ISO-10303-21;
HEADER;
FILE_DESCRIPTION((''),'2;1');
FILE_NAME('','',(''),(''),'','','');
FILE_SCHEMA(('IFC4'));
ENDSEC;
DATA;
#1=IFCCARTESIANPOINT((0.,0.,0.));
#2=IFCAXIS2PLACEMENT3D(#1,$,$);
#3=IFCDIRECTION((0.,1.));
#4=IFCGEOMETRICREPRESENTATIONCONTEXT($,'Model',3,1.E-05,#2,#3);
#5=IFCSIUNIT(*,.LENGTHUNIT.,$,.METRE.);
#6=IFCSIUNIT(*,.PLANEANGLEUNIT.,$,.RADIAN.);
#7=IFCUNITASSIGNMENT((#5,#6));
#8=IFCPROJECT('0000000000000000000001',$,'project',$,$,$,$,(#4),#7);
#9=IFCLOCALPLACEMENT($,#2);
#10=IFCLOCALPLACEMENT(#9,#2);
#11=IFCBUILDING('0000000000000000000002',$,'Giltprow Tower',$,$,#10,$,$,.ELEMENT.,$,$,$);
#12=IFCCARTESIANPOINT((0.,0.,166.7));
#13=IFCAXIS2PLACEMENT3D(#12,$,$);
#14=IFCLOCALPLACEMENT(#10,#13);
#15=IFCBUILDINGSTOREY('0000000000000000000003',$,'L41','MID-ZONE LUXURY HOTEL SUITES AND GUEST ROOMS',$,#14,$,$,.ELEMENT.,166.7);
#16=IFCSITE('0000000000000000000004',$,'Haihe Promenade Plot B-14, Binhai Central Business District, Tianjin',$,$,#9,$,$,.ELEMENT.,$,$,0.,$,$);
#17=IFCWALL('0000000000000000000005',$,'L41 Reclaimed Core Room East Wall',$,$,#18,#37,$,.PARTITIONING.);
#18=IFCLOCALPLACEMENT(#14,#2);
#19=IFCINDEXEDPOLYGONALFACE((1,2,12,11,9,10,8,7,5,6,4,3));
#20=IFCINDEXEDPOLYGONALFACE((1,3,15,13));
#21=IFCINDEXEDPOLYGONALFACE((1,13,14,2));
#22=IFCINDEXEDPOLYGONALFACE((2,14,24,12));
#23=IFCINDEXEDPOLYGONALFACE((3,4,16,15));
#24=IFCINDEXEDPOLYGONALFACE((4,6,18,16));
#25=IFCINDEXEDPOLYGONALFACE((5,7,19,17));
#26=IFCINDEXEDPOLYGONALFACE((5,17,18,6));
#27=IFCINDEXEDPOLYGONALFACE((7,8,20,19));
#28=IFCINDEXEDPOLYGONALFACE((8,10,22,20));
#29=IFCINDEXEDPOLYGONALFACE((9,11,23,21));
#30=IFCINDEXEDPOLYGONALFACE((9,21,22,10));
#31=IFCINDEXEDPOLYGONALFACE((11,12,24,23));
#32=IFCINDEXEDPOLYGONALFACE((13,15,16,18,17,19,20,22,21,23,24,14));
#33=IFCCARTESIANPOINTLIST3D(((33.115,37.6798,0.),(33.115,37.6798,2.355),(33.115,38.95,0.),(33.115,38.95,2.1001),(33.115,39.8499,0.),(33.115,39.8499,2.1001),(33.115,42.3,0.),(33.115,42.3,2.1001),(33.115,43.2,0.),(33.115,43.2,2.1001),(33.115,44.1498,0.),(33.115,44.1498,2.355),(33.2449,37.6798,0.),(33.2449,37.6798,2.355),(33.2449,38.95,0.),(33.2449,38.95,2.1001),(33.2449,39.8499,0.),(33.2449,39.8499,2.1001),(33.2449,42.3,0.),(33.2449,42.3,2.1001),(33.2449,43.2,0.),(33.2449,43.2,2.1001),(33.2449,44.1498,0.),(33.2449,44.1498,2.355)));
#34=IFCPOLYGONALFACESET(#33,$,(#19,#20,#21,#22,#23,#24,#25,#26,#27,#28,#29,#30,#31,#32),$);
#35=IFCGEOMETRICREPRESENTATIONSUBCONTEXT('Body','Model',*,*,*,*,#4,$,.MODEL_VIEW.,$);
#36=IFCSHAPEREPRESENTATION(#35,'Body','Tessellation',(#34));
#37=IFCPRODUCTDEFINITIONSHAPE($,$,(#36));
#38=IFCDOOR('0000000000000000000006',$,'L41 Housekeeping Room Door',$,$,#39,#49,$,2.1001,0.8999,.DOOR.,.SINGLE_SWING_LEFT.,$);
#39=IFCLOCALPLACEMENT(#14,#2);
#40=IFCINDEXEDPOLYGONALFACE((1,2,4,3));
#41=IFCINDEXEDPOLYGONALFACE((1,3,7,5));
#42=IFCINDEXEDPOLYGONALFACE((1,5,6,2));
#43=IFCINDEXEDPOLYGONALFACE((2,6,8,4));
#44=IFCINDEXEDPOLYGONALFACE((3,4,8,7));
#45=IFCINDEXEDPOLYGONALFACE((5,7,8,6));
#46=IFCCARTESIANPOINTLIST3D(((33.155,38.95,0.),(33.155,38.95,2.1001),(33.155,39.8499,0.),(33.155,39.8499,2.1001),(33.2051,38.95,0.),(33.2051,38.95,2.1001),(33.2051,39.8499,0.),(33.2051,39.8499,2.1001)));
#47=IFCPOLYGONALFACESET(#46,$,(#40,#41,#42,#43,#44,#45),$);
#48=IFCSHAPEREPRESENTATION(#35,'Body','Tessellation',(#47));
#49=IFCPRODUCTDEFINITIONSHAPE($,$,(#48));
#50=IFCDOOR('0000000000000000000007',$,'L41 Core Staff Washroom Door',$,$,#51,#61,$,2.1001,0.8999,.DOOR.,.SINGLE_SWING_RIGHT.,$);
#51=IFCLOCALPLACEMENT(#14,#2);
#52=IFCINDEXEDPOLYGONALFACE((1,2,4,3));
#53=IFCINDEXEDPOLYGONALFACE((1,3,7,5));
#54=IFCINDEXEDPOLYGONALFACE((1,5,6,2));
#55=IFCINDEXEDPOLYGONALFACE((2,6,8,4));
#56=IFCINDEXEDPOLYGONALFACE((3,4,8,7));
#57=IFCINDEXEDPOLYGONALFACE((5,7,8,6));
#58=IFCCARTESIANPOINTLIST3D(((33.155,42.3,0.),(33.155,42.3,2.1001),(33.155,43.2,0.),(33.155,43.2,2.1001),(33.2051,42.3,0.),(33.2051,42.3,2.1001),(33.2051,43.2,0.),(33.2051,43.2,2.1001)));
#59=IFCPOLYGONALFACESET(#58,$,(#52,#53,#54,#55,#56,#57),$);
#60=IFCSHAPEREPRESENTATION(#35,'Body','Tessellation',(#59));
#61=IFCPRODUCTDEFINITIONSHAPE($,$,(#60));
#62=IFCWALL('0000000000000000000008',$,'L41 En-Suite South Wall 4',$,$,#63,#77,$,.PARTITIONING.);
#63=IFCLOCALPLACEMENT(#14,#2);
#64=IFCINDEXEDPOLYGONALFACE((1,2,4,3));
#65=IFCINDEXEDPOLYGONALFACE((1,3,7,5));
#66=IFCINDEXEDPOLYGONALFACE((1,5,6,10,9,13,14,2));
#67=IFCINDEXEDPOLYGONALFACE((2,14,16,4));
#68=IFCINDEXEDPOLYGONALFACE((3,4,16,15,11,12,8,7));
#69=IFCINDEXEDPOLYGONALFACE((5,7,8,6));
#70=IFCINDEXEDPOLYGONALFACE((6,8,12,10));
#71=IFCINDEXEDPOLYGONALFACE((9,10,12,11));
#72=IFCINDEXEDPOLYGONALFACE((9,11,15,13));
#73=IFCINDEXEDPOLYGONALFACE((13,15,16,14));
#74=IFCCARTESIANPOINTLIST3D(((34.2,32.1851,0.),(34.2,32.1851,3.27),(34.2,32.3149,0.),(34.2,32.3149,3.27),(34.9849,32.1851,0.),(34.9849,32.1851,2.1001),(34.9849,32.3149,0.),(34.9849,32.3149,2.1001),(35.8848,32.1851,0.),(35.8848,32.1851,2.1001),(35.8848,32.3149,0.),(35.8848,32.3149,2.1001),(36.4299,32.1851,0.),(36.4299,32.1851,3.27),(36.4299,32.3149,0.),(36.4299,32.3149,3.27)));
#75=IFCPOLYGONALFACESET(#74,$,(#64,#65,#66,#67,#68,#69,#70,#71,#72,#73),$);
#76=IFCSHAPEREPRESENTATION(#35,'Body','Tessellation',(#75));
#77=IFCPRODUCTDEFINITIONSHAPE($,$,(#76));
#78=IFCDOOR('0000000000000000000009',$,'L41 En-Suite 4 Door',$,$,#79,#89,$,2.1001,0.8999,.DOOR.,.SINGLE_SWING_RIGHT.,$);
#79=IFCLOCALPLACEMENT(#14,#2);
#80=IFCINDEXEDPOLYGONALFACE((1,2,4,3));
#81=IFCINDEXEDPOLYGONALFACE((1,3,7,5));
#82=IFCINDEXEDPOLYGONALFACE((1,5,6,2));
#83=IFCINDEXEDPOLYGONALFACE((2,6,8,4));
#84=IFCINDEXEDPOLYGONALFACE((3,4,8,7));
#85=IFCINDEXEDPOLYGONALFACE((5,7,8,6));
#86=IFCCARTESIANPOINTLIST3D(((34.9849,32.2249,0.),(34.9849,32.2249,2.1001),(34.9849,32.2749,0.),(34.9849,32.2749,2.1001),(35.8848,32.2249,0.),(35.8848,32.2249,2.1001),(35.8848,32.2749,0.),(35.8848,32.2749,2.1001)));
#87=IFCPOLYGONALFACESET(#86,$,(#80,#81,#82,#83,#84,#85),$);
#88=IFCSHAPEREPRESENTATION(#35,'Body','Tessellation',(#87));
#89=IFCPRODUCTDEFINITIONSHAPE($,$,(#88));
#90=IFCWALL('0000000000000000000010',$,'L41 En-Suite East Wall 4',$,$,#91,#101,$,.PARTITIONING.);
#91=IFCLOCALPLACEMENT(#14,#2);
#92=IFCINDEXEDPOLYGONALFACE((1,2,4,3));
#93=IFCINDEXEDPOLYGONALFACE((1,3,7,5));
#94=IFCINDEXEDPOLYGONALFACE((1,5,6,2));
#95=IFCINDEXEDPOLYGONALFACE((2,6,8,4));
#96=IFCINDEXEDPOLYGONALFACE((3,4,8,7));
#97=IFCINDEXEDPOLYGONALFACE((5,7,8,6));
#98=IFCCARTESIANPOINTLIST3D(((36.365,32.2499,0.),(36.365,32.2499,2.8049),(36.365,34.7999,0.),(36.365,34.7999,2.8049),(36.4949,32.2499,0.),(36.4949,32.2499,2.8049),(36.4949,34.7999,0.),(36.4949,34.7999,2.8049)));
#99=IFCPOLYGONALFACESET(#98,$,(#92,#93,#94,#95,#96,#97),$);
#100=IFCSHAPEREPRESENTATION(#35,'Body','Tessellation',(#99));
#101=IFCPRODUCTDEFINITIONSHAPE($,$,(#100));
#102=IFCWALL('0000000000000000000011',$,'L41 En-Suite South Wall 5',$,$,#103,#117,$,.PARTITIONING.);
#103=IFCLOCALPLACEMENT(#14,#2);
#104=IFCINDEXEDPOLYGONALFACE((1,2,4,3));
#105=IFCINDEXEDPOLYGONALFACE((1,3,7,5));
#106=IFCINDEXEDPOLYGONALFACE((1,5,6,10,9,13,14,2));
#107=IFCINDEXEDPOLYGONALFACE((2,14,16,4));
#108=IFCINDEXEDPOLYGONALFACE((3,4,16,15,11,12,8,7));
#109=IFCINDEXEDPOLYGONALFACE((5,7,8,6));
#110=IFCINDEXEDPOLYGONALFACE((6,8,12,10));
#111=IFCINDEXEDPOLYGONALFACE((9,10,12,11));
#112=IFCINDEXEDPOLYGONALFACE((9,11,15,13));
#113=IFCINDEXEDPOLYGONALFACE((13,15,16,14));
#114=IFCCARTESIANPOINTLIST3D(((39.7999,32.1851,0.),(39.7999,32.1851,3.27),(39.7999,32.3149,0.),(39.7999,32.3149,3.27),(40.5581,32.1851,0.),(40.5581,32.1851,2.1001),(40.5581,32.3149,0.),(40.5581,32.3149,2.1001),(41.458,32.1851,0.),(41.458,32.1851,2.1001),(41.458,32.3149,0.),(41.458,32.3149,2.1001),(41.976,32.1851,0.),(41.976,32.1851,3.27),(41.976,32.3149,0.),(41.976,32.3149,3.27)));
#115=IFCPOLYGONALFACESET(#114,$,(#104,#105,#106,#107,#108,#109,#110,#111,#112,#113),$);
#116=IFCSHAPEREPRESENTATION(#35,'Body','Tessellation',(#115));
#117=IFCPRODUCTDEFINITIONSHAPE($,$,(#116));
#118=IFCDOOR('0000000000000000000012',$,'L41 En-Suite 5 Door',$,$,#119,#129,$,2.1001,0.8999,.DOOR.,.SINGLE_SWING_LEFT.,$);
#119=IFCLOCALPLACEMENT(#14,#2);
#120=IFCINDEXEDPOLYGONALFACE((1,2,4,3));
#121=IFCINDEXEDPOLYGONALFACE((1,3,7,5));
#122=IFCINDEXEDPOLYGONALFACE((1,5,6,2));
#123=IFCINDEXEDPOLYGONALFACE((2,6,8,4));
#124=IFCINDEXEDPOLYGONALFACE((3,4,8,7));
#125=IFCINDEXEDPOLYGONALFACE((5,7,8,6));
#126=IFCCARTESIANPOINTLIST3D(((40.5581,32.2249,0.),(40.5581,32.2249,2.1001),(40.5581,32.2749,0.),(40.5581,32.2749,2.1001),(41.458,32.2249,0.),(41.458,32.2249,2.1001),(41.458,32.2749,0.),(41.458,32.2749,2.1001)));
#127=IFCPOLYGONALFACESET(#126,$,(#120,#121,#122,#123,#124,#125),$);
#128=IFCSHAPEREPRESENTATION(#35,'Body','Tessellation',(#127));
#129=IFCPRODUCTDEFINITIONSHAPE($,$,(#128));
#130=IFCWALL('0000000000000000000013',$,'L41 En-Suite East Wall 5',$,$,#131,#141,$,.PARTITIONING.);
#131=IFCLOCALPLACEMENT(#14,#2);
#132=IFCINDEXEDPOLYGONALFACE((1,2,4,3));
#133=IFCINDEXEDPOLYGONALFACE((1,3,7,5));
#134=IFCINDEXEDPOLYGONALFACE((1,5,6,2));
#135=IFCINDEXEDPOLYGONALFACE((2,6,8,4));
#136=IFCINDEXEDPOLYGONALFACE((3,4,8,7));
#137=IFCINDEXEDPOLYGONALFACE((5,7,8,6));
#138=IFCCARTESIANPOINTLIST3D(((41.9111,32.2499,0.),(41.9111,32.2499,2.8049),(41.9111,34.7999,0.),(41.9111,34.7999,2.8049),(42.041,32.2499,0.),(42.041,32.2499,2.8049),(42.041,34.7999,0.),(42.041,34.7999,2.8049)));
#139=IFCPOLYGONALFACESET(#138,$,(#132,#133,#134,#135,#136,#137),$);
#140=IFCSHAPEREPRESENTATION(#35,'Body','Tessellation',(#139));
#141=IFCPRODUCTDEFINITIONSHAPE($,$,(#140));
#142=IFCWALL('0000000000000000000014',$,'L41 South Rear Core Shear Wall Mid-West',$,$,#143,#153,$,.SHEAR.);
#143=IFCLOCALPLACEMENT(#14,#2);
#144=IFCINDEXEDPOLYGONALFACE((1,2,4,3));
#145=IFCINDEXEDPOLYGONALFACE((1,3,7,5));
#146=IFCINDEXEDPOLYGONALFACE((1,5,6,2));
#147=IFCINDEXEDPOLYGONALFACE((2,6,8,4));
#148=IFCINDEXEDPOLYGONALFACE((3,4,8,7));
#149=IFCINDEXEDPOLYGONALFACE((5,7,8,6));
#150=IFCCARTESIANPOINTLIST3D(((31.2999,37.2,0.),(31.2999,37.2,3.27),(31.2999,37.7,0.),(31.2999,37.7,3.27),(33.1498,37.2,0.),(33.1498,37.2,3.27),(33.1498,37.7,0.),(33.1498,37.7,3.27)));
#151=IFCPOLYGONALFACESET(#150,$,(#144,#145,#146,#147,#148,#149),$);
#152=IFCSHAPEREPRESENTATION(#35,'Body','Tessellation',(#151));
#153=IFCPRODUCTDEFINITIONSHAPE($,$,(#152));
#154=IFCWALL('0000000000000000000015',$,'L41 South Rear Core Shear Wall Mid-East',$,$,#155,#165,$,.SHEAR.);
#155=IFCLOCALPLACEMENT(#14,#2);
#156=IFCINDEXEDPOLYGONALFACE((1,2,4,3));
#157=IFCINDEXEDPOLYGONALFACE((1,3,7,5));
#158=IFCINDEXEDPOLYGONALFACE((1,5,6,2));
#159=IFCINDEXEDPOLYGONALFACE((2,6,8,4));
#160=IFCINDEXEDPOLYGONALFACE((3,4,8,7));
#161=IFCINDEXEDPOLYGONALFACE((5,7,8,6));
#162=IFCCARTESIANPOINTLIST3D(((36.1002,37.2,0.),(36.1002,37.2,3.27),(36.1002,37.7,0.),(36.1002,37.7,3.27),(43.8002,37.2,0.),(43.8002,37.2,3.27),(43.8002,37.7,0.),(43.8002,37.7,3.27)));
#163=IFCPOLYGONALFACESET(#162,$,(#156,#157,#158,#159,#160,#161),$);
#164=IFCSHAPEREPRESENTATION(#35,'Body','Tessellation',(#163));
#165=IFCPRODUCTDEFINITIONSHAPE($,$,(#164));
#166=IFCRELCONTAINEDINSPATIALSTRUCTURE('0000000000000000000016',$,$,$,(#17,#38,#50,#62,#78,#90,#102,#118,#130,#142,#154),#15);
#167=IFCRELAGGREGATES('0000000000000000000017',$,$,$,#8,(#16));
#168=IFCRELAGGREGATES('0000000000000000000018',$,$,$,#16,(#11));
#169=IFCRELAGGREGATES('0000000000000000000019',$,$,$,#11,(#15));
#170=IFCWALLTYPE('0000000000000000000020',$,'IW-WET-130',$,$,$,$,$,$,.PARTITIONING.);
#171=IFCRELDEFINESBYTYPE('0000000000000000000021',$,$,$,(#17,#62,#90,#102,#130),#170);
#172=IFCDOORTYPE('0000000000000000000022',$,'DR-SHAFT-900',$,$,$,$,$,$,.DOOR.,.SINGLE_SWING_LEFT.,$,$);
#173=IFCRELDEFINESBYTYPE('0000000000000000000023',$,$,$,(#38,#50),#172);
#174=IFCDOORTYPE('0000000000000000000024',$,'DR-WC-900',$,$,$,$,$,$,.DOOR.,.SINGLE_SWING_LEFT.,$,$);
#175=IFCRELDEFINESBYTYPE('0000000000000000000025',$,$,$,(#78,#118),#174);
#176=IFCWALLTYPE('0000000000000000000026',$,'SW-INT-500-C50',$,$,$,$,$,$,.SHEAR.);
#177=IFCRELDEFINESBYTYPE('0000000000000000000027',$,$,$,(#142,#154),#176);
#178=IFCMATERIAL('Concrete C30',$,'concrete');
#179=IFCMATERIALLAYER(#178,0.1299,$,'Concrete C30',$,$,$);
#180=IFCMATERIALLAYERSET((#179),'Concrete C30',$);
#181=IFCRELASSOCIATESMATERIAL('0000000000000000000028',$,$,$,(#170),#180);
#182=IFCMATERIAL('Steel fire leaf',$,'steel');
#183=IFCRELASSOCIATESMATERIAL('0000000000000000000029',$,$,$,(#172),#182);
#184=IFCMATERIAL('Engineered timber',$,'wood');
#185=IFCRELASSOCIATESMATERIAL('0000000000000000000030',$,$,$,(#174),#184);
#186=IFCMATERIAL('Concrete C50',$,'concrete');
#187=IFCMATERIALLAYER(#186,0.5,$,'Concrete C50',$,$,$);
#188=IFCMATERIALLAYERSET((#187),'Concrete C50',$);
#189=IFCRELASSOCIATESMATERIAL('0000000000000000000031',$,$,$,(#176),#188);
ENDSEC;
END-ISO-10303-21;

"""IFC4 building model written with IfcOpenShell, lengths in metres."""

from ifc_helpers import new_model, si_unit, direction, frame, frame_2d, origin, place, context, subcontext, project, spatial, rectangle, extrude, source, transform, mapped, material, layer, layer_set, type_object, element, fill, save


model = new_model("IFC4")

# Units and contexts
model_context = context("Model", 3, precision=1e-05, world=origin(), true_north=direction((0.0, 1.0)))
body_context = subcontext(model_context, "Body", "Model", "MODEL_VIEW")
ifc_project = project(units=[si_unit("LENGTHUNIT", "METRE"), si_unit("PLANEANGLEUNIT", "RADIAN")], contexts=[model_context])

# Site, building, storey
site_placement = place(None, origin())
site = spatial("IfcSite", under=ifc_project, at=site_placement, Name="Haihe Promenade Plot B-14, Binhai Central Business District, Tianjin", CompositionType="ELEMENT", RefElevation=0.0)
building_placement = place(site_placement, origin())
building = spatial("IfcBuilding", under=site, at=building_placement, Name="Giltprow Tower", CompositionType="ELEMENT")
storey_placement = place(building_placement, frame((0.0, 0.0, 166.7)))
storey = spatial("IfcBuildingStorey", under=building, at=storey_placement, Name="L41", Description="MID-ZONE LUXURY HOTEL SUITES AND GUEST ROOMS", CompositionType="ELEMENT", Elevation=166.7)

# Shared definitions
ifc_material_1 = material(Name="Concrete C50", Category="concrete")

# Wall, openings, doors
ifc_material_2 = material(Name="Concrete C30", Category="concrete")
ifc_layer_1 = layer(ifc_material_2, 0.1299, Name="Concrete C30")
ifc_layer_set_1 = layer_set([ifc_layer_1], Name="Concrete C30")
wall_type_1 = type_object("IfcWallType", Name="IW-WET-130", PredefinedType="PARTITIONING", material=ifc_layer_set_1)
wall_1_placement = place(storey_placement, frame((33.1799, 37.6799, 0.0), z_axis=(0.0, 0.0, 1.0), x_axis=(0.0, 1.0, 0.0)))
wall_1 = element("IfcWall", 1, at=wall_1_placement, inside=storey, type_object=wall_type_1, Name="L41 Reclaimed Core Room East Wall", PredefinedType="PARTITIONING", context=body_context, shape_type="SweptSolid", body=[
    extrude(rectangle(XDim=6.47, YDim=0.1299, at=frame_2d((3.2349, 0.0))), origin(), (0.0, 0.0, 1.0), 2.355),
])
opening_1_placement = place(wall_1_placement, frame((1.27, 0.0, 0.0)))
opening_1 = element("IfcOpeningElement", 2, at=opening_1_placement, cuts=wall_1, PredefinedType="OPENING", context=body_context, shape_type="SweptSolid", body=[
    extrude(rectangle(XDim=0.8999, YDim=2.1001, at=frame_2d((0.45, 1.05))), frame((0.0, 0.075, 0.0), z_axis=(0.0, -1.0, 0.0), x_axis=(1.0, 0.0, 0.0)), (0.0, 0.0, 1.0), 0.1499),
])
opening_2_placement = place(wall_1_placement, frame((4.6201, 0.0, 0.0)))
opening_2 = element("IfcOpeningElement", 3, at=opening_2_placement, cuts=wall_1, PredefinedType="OPENING", context=body_context, shape_type="SweptSolid", body=[
    extrude(rectangle(XDim=0.8999, YDim=2.1001, at=frame_2d((0.45, 1.05))), frame((0.0, 0.075, 0.0), z_axis=(0.0, -1.0, 0.0), x_axis=(1.0, 0.0, 0.0)), (0.0, 0.0, 1.0), 0.1499),
])
ifc_material_3 = material(Name="Steel fire leaf", Category="steel")
door_type_1 = type_object("IfcDoorType", Name="DR-SHAFT-900", OperationType="SINGLE_SWING_LEFT", PredefinedType="DOOR", material=ifc_material_3)
shared_shape_1 = source(origin(), body_context, "Body", "SweptSolid", [
    extrude(rectangle(XDim=0.8999, YDim=2.1001, at=frame_2d((0.45, 1.05))), frame((0.0, 0.0249, 0.0), z_axis=(0.0, -1.0, 0.0), x_axis=(1.0, 0.0, 0.0)), (0.0, 0.0, 1.0), 0.05),
])
door_1_placement = place(opening_1_placement, origin())
door_1 = element("IfcDoor", 4, at=door_1_placement, inside=storey, type_object=door_type_1, Name="L41 Housekeeping Room Door", OperationType="SINGLE_SWING_LEFT", OverallHeight=2.1001, OverallWidth=0.8999, PredefinedType="DOOR", context=body_context, shape_type="MappedRepresentation", body=[
    mapped(shared_shape_1, transform((0.0, 0.0, 0.0), x_axis=(1.0, 0.0, 0.0), y_axis=(0.0, 1.0, 0.0), z_axis=(0.0, 0.0, 1.0), scale=1.0)),
])
fill(opening_1, door_1)
door_2_placement = place(opening_2_placement, origin())
door_2 = element("IfcDoor", 5, at=door_2_placement, inside=storey, type_object=door_type_1, Name="L41 Core Staff Washroom Door", OperationType="SINGLE_SWING_RIGHT", OverallHeight=2.1001, OverallWidth=0.8999, PredefinedType="DOOR", context=body_context, shape_type="MappedRepresentation", body=[
    mapped(shared_shape_1, transform((0.0, 0.0, 0.0), x_axis=(1.0, 0.0, 0.0), y_axis=(0.0, 1.0, 0.0), z_axis=(0.0, 0.0, 1.0), scale=1.0)),
])
fill(opening_2, door_2)

# Wall, opening, door
wall_2_placement = place(storey_placement, frame((34.2, 32.25, 0.0), z_axis=(0.0, 0.0, 1.0), x_axis=(1.0, 0.0, 0.0)))
wall_2 = element("IfcWall", 6, at=wall_2_placement, inside=storey, type_object=wall_type_1, Name="L41 En-Suite South Wall 4", PredefinedType="PARTITIONING", context=body_context, shape_type="SweptSolid", body=[
    extrude(rectangle(XDim=2.23, YDim=0.1299, at=frame_2d((1.115, 0.0))), origin(), (0.0, 0.0, 1.0), 3.27),
])
opening_3_placement = place(wall_2_placement, frame((0.7849, 0.0, 0.0)))
opening_3 = element("IfcOpeningElement", 7, at=opening_3_placement, cuts=wall_2, PredefinedType="OPENING", context=body_context, shape_type="SweptSolid", body=[
    extrude(rectangle(XDim=0.8999, YDim=2.1001, at=frame_2d((0.45, 1.05))), frame((0.0, 0.075, 0.0), z_axis=(0.0, -1.0, 0.0), x_axis=(1.0, 0.0, 0.0)), (0.0, 0.0, 1.0), 0.1499),
])
ifc_material_4 = material(Name="Engineered timber", Category="wood")
door_type_2 = type_object("IfcDoorType", Name="DR-WC-900", OperationType="SINGLE_SWING_LEFT", PredefinedType="DOOR", material=ifc_material_4)
door_3_placement = place(opening_3_placement, origin())
door_3 = element("IfcDoor", 8, at=door_3_placement, inside=storey, type_object=door_type_2, Name="L41 En-Suite 4 Door", OperationType="SINGLE_SWING_RIGHT", OverallHeight=2.1001, OverallWidth=0.8999, PredefinedType="DOOR", context=body_context, shape_type="MappedRepresentation", body=[
    mapped(shared_shape_1, transform((0.0, 0.0, 0.0), x_axis=(1.0, 0.0, 0.0), y_axis=(0.0, 1.0, 0.0), z_axis=(0.0, 0.0, 1.0), scale=1.0)),
])
fill(opening_3, door_3)

# Wall
wall_3_placement = place(storey_placement, frame((36.4299, 32.25, 0.0), z_axis=(0.0, 0.0, 1.0), x_axis=(0.0, 1.0, 0.0)))
element("IfcWall", 9, at=wall_3_placement, inside=storey, type_object=wall_type_1, Name="L41 En-Suite East Wall 4", PredefinedType="PARTITIONING", context=body_context, shape_type="SweptSolid", body=[
    extrude(rectangle(XDim=2.55, YDim=0.1299, at=frame_2d((1.2749, 0.0))), origin(), (0.0, 0.0, 1.0), 2.8049),
])

# Wall, opening, door
wall_4_placement = place(storey_placement, frame((39.8, 32.25, 0.0), z_axis=(0.0, 0.0, 1.0), x_axis=(1.0, 0.0, 0.0)))
wall_4 = element("IfcWall", 10, at=wall_4_placement, inside=storey, type_object=wall_type_1, Name="L41 En-Suite South Wall 5", PredefinedType="PARTITIONING", context=body_context, shape_type="SweptSolid", body=[
    extrude(rectangle(XDim=2.176, YDim=0.1299, at=frame_2d((1.0879, 0.0))), origin(), (0.0, 0.0, 1.0), 3.27),
])
opening_4_placement = place(wall_4_placement, frame((0.7581, 0.0, 0.0)))
opening_4 = element("IfcOpeningElement", 11, at=opening_4_placement, cuts=wall_4, PredefinedType="OPENING", context=body_context, shape_type="SweptSolid", body=[
    extrude(rectangle(XDim=0.8999, YDim=2.1001, at=frame_2d((0.45, 1.05))), frame((0.0, 0.075, 0.0), z_axis=(0.0, -1.0, 0.0), x_axis=(1.0, 0.0, 0.0)), (0.0, 0.0, 1.0), 0.1499),
])
door_4_placement = place(opening_4_placement, origin())
door_4 = element("IfcDoor", 12, at=door_4_placement, inside=storey, type_object=door_type_2, Name="L41 En-Suite 5 Door", OperationType="SINGLE_SWING_LEFT", OverallHeight=2.1001, OverallWidth=0.8999, PredefinedType="DOOR", context=body_context, shape_type="MappedRepresentation", body=[
    mapped(shared_shape_1, transform((0.0, 0.0, 0.0), x_axis=(1.0, 0.0, 0.0), y_axis=(0.0, 1.0, 0.0), z_axis=(0.0, 0.0, 1.0), scale=1.0)),
])
fill(opening_4, door_4)

# Walls
wall_5_placement = place(storey_placement, frame((41.9761, 32.25, 0.0), z_axis=(0.0, 0.0, 1.0), x_axis=(0.0, 1.0, 0.0)))
element("IfcWall", 13, at=wall_5_placement, inside=storey, type_object=wall_type_1, Name="L41 En-Suite East Wall 5", PredefinedType="PARTITIONING", context=body_context, shape_type="SweptSolid", body=[
    extrude(rectangle(XDim=2.55, YDim=0.1299, at=frame_2d((1.2749, 0.0))), origin(), (0.0, 0.0, 1.0), 2.8049),
])
ifc_layer_2 = layer(ifc_material_1, 0.5, Name="Concrete C50")
ifc_layer_set_2 = layer_set([ifc_layer_2], Name="Concrete C50")
wall_type_2 = type_object("IfcWallType", Name="SW-INT-500-C50", PredefinedType="SHEAR", material=ifc_layer_set_2)
wall_6_placement = place(storey_placement, frame((31.3, 37.45, 0.0), z_axis=(0.0, 0.0, 1.0), x_axis=(1.0, 0.0, 0.0)))
element("IfcWall", 14, at=wall_6_placement, inside=storey, type_object=wall_type_2, Name="L41 South Rear Core Shear Wall Mid-West", PredefinedType="SHEAR", context=body_context, shape_type="SweptSolid", body=[
    extrude(rectangle(XDim=1.8499, YDim=0.5, at=frame_2d((0.9248, 0.0))), origin(), (0.0, 0.0, 1.0), 3.27),
])
wall_7_placement = place(storey_placement, frame((36.1001, 37.45, 0.0), z_axis=(0.0, 0.0, 1.0), x_axis=(1.0, 0.0, 0.0)))
element("IfcWall", 15, at=wall_7_placement, inside=storey, type_object=wall_type_2, Name="L41 South Rear Core Shear Wall Mid-East", PredefinedType="SHEAR", context=body_context, shape_type="SweptSolid", body=[
    extrude(rectangle(XDim=7.7, YDim=0.5, at=frame_2d((3.8501, 0.0))), origin(), (0.0, 0.0, 1.0), 3.27),
])

save(model, "model.ifc")
